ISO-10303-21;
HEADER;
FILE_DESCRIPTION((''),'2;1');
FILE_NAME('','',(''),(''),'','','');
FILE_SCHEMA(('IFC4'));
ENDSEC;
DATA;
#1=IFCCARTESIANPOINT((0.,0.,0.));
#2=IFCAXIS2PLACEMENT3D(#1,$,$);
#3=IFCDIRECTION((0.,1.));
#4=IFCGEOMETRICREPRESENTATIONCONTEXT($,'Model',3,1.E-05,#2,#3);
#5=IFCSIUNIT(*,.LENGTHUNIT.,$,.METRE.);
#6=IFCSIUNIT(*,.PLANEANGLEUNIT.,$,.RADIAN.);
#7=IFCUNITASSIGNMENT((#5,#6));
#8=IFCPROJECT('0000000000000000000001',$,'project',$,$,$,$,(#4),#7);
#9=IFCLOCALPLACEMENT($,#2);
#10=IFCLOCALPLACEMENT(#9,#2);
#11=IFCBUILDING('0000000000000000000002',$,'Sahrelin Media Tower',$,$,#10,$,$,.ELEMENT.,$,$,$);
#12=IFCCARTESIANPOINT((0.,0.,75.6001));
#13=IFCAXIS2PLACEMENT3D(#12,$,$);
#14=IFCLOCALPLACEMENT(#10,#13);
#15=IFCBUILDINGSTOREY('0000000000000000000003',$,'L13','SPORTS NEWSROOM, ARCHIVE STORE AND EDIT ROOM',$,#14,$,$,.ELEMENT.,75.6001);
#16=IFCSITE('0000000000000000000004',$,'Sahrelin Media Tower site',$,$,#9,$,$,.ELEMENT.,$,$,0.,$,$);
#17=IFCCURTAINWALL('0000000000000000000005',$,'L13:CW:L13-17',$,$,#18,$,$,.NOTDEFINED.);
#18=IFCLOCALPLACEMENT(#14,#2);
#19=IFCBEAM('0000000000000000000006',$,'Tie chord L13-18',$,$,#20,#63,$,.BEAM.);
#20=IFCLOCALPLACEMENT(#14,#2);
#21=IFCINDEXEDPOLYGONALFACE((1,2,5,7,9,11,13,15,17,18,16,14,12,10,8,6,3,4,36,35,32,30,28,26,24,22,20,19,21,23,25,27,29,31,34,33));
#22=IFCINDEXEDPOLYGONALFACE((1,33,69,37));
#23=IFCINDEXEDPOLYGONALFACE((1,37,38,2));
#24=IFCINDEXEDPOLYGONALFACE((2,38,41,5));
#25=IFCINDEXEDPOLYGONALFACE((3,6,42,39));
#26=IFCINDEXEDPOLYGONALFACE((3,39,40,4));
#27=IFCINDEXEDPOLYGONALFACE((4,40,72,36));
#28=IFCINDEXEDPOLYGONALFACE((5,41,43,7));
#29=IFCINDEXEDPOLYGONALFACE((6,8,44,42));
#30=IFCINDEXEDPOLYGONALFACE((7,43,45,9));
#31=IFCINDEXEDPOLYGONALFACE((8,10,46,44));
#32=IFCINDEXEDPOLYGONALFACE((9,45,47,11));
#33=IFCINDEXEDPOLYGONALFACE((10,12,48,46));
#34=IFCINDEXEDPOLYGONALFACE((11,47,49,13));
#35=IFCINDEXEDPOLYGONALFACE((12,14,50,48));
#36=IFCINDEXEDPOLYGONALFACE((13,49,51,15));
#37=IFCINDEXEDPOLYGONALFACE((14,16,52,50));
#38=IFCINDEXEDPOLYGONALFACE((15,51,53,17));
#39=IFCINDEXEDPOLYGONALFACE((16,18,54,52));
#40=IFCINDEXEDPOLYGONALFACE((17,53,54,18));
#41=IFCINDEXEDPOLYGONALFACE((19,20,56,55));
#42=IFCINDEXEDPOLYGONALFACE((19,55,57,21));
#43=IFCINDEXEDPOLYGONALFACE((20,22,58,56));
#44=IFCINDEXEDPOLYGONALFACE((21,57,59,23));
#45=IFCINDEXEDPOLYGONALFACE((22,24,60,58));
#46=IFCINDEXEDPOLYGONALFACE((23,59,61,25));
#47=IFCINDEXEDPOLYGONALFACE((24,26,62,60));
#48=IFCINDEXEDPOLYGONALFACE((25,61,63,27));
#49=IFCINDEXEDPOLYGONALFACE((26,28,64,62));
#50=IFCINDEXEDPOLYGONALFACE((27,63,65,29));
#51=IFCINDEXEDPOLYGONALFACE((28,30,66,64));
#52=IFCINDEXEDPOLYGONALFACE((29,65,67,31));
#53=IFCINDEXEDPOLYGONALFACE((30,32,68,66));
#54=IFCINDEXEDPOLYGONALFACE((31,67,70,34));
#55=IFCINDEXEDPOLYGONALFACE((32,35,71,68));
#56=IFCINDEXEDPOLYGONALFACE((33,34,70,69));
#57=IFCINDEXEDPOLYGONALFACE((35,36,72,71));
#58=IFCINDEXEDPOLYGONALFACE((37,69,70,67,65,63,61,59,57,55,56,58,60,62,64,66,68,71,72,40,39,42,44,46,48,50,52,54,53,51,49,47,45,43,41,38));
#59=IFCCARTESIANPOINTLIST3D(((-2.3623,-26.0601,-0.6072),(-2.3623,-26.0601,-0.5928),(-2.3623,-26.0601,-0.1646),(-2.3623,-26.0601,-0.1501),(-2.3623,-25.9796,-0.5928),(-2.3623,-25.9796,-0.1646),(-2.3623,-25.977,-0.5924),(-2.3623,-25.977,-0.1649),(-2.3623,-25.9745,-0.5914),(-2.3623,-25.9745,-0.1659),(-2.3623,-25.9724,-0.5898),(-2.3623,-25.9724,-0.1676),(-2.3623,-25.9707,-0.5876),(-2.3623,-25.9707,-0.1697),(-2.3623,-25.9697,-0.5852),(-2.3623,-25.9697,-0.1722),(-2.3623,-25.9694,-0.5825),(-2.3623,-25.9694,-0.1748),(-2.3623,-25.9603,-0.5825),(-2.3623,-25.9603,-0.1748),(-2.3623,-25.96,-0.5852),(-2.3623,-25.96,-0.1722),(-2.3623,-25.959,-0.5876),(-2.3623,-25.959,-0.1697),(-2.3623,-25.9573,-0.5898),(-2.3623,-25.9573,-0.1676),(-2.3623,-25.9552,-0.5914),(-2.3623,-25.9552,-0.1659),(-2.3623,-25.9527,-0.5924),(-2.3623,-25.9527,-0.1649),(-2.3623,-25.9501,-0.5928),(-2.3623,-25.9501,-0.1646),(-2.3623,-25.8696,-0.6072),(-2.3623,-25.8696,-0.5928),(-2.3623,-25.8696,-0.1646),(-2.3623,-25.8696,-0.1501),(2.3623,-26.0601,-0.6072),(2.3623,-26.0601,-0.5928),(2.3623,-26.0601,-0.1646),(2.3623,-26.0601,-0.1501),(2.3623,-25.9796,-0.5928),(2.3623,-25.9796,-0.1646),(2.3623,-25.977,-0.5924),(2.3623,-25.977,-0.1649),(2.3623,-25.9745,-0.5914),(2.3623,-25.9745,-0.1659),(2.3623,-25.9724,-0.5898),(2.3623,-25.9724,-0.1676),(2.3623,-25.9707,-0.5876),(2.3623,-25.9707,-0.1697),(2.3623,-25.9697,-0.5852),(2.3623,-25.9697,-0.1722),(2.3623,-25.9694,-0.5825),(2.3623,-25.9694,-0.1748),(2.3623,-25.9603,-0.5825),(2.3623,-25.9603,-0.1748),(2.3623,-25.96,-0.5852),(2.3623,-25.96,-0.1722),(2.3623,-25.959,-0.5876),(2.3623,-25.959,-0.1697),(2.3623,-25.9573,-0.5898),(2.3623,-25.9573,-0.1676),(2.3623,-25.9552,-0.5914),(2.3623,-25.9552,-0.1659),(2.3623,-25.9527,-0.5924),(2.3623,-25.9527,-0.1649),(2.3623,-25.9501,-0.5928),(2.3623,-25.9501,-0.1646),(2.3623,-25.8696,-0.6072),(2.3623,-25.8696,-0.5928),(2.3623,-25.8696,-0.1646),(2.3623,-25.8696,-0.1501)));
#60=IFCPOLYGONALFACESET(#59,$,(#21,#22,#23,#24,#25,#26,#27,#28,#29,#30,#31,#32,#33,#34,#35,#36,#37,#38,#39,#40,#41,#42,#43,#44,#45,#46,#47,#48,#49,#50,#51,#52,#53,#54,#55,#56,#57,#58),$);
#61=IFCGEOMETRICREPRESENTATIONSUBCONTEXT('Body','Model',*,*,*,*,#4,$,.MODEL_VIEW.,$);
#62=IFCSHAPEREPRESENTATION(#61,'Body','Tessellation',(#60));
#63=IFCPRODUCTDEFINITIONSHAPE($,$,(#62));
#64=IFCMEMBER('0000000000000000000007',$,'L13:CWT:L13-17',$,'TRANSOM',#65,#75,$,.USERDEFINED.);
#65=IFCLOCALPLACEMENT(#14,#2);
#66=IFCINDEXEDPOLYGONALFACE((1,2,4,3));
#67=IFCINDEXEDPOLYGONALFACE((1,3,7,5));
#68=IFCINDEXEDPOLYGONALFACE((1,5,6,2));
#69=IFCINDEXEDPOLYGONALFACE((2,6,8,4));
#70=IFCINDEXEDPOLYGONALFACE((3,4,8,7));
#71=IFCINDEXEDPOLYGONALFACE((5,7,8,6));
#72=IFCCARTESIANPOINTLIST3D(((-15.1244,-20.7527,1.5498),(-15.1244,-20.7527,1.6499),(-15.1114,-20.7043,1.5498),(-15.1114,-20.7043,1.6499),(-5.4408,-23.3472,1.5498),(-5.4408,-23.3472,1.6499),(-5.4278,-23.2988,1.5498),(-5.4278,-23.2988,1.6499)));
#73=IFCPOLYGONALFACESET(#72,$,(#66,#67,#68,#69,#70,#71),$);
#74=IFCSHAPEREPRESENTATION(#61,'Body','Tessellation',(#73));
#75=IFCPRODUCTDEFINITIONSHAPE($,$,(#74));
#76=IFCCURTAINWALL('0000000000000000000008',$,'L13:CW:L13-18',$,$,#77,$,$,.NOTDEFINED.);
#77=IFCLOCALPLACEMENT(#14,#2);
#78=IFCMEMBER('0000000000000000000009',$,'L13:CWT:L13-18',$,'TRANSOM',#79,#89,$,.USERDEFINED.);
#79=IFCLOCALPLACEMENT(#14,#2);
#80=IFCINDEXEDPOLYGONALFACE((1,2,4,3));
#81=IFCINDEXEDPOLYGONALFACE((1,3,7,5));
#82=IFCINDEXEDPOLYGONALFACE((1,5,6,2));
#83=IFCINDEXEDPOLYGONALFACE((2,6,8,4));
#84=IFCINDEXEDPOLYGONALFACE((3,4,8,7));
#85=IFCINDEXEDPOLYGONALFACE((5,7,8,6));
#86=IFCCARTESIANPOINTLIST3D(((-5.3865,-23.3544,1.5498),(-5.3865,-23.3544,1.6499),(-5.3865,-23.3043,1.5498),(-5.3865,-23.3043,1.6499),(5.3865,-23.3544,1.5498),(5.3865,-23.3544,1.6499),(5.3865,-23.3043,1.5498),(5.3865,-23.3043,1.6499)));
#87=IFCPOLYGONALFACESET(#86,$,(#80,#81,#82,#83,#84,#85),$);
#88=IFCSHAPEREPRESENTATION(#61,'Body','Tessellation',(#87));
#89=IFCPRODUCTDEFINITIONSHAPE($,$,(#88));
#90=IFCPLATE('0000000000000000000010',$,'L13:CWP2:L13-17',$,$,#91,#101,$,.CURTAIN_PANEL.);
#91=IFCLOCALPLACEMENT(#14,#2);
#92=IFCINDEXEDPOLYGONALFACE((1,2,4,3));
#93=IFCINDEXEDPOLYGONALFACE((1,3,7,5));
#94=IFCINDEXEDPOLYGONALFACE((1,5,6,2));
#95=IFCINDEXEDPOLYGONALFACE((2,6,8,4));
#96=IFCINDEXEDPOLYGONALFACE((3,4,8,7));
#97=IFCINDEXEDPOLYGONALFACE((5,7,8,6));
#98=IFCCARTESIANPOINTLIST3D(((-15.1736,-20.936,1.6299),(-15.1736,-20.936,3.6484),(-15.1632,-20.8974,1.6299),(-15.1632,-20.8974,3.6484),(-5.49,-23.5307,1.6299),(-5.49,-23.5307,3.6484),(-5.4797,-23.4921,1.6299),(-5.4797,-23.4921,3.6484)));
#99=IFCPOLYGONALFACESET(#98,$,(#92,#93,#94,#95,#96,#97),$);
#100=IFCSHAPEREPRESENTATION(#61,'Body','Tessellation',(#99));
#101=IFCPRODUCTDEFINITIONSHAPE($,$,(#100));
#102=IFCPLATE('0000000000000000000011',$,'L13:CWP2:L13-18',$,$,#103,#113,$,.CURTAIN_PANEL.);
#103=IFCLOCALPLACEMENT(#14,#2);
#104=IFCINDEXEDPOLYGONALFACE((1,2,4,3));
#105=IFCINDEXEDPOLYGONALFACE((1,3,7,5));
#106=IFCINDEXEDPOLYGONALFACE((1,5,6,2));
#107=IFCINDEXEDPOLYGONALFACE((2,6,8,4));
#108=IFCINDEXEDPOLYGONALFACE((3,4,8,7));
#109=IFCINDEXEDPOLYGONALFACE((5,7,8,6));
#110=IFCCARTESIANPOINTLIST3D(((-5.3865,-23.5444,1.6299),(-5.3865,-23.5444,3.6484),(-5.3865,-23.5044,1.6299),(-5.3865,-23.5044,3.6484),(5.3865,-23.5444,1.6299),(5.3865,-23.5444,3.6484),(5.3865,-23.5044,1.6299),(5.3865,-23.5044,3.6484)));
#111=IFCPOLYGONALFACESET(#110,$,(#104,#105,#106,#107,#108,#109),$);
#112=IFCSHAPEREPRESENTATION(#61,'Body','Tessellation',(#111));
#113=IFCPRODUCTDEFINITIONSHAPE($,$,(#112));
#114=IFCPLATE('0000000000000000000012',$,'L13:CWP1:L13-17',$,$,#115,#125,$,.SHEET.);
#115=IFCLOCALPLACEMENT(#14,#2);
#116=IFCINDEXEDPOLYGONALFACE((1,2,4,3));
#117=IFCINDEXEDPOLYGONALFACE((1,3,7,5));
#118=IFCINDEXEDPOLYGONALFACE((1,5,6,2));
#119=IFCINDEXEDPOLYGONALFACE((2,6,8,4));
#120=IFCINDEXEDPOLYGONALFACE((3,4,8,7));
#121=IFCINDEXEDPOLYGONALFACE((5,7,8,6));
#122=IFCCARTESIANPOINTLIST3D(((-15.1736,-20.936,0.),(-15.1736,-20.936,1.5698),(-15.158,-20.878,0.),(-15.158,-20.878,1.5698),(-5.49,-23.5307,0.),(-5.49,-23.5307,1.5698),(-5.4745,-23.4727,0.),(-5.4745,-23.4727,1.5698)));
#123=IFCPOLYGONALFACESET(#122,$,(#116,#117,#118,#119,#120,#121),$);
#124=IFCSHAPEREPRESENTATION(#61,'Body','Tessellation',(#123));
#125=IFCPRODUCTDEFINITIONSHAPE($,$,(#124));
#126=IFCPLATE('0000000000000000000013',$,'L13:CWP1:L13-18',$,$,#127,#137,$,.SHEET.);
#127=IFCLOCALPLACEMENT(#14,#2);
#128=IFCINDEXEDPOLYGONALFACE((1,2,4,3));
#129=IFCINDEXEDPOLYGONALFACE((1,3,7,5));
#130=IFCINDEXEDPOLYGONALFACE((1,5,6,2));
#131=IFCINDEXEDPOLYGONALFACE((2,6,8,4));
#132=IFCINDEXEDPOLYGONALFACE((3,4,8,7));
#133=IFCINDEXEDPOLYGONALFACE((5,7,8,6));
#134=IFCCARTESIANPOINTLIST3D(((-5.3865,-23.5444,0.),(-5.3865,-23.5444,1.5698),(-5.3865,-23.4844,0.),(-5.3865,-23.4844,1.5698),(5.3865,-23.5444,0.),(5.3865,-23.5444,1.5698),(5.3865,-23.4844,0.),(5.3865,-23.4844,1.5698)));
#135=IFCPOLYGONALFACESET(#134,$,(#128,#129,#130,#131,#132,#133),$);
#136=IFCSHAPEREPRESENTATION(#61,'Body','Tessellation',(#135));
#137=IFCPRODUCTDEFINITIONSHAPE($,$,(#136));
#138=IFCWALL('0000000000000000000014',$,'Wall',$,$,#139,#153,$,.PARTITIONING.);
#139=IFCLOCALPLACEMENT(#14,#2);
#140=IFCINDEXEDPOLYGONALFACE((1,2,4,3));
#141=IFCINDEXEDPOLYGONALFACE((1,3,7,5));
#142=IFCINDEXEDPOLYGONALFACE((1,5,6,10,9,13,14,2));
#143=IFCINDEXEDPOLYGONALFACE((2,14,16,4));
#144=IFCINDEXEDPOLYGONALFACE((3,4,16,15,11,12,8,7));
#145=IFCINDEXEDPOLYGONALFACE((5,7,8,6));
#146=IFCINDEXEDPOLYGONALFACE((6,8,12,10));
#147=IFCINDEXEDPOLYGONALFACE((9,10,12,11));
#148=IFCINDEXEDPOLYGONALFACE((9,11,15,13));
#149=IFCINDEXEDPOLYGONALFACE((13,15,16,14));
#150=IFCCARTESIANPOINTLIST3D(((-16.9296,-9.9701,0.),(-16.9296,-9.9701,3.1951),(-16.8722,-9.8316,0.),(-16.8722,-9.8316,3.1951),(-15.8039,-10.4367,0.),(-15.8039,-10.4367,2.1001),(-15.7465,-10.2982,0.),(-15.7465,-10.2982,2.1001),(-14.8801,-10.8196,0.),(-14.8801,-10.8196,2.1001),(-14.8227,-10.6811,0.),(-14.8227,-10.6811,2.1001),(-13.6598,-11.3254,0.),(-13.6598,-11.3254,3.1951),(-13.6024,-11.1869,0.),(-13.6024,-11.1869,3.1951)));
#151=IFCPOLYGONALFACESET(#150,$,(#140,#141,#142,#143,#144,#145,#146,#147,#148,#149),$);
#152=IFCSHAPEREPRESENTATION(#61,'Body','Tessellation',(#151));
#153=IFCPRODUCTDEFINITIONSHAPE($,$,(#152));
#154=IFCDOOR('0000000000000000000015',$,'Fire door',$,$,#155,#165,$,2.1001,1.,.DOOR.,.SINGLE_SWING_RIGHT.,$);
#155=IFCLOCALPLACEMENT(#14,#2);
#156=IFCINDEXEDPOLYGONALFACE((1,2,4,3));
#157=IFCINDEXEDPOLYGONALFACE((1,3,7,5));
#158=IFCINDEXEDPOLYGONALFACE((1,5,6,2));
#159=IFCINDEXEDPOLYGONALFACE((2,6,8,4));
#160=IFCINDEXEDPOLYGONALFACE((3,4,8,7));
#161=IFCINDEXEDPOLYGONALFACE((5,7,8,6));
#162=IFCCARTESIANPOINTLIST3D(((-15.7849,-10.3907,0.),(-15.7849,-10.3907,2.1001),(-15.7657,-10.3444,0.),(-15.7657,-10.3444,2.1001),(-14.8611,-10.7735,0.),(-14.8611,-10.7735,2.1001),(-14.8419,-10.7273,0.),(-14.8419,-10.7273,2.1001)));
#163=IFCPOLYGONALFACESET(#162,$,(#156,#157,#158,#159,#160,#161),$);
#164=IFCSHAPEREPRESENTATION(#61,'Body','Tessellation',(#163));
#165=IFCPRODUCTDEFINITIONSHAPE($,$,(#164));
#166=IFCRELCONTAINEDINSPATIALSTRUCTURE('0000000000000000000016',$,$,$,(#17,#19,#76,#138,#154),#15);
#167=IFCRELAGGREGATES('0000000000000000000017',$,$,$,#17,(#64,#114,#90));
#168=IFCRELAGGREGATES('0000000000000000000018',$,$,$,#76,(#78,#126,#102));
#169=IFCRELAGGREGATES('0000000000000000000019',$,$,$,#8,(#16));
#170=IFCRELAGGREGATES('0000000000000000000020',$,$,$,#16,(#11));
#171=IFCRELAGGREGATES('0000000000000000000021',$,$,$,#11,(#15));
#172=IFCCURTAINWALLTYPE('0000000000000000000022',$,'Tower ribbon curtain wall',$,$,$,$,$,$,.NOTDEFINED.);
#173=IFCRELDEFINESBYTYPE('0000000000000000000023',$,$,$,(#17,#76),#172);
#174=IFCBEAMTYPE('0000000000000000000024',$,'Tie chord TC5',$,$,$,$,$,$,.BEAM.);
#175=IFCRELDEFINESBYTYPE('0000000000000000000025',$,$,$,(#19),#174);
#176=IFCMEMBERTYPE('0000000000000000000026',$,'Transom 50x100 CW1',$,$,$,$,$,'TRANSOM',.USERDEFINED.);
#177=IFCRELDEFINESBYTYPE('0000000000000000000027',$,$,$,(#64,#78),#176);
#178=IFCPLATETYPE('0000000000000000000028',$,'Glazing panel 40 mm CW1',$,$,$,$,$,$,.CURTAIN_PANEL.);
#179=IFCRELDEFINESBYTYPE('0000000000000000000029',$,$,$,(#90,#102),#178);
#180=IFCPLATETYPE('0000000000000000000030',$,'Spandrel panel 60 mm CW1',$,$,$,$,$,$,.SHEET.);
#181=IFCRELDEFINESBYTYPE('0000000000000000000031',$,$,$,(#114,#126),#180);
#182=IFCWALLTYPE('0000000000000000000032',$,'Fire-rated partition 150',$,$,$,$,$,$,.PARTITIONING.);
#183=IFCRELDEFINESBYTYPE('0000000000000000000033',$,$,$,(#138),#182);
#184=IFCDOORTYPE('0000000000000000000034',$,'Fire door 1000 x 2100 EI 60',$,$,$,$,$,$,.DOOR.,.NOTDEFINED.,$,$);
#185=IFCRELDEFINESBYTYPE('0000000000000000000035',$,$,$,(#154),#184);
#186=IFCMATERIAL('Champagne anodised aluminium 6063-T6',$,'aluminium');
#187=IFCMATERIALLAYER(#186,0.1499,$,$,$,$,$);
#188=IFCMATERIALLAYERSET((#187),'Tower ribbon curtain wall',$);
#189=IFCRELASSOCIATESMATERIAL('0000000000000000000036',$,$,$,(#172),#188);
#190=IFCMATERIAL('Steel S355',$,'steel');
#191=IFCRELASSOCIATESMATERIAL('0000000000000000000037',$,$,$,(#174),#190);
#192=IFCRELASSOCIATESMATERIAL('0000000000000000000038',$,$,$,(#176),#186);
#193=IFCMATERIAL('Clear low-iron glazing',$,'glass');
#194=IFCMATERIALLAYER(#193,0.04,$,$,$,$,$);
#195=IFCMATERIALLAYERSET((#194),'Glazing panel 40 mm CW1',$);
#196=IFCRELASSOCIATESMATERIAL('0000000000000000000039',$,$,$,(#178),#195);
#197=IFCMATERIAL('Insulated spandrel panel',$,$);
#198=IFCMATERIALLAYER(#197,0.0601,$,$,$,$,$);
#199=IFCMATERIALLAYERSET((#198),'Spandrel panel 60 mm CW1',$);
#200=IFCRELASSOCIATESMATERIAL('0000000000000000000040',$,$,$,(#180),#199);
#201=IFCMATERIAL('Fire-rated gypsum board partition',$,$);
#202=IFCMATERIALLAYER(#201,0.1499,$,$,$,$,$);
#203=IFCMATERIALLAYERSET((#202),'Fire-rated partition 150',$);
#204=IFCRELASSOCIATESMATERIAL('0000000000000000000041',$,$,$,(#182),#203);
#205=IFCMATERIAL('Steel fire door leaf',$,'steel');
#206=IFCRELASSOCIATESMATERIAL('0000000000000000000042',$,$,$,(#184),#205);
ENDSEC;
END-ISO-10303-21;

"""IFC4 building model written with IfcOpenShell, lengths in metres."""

from ifc_helpers import new_model, si_unit, direction, frame, frame_2d, origin, origin_2d, place, context, subcontext, project, spatial, polyline, rectangle, i_section, outline, extrude, material, layer, layer_set, material_profile, profile_set, type_object, element, fill, aggregate, save


model = new_model("IFC4")

# Units and contexts
model_context = context("Model", 3, precision=1e-05, world=origin(), true_north=direction((0.0, 1.0)))
body_context = subcontext(model_context, "Body", "Model", "MODEL_VIEW")
ifc_project = project(units=[si_unit("LENGTHUNIT", "METRE"), si_unit("PLANEANGLEUNIT", "RADIAN")], contexts=[model_context])

# Site, building, storey
site_placement = place(None, origin())
site = spatial("IfcSite", under=ifc_project, at=site_placement, Name="Sahrelin Media Tower site", CompositionType="ELEMENT", RefElevation=0.0)
building_placement = place(site_placement, origin())
building = spatial("IfcBuilding", under=site, at=building_placement, Name="Sahrelin Media Tower", CompositionType="ELEMENT")
storey_placement = place(building_placement, frame((0.0, 0.0, 75.6001)))
storey = spatial("IfcBuildingStorey", under=building, at=storey_placement, Name="L13", Description="SPORTS NEWSROOM, ARCHIVE STORE AND EDIT ROOM", CompositionType="ELEMENT", Elevation=75.6001)

# Shared definitions
ifc_material_1 = material(Name="Steel S355", Category="steel")

# Curtain wall
ifc_material_2 = material(Name="Champagne anodised aluminium 6063-T6", Category="aluminium")
ifc_layer_1 = layer(ifc_material_2, 0.1499)
ifc_layer_set_1 = layer_set([ifc_layer_1], Name="Tower ribbon curtain wall")
curtain_wall_type = type_object("IfcCurtainWallType", Name="Tower ribbon curtain wall", PredefinedType="NOTDEFINED", material=ifc_layer_set_1)
curtain_wall_1_placement = place(storey_placement, frame((-10.3264, -22.2141, 0.0), z_axis=(0.0, 0.0, 1.0), x_axis=(1.0, 0.0, 0.0)))
curtain_wall_1 = element("IfcCurtainWall", 1, at=curtain_wall_1_placement, inside=storey, type_object=curtain_wall_type, Name="L13:CW:L13-17", PredefinedType="NOTDEFINED")

# Beam
ifc_material_profile_1 = material_profile(ifc_material_1, i_section(OverallWidth=0.1904, OverallDepth=0.457, WebThickness=0.009, FlangeThickness=0.0144, FilletRadius=0.0103, at=origin_2d()), Name="UB 457x191x74")
ifc_profile_set_1 = profile_set([ifc_material_profile_1], Name="Steel S355")
beam_type_1 = type_object("IfcBeamType", Name="Tie chord TC5", PredefinedType="BEAM", material=ifc_profile_set_1)
beam_1_placement = place(storey_placement, frame((-2.3623, -25.9648, -0.3787), z_axis=(1.0, 0.0, 0.0), x_axis=(0.0, 1.0, 0.0)))
element("IfcBeam", 2, at=beam_1_placement, inside=storey, type_object=beam_type_1, Name="Tie chord L13-18", PredefinedType="BEAM", context=body_context, shape_type="SweptSolid", body=[
    extrude(i_section(OverallWidth=0.1904, OverallDepth=0.457, WebThickness=0.009, FlangeThickness=0.0144, FilletRadius=0.0103, at=origin_2d()), origin(), (0.0, 0.0, 1.0), 4.7246),
])

# Member
ifc_material_profile_2 = material_profile(ifc_material_2, rectangle(XDim=0.05, YDim=0.1001, at=origin_2d()), Name="Transom 50x100")
ifc_profile_set_2 = profile_set([ifc_material_profile_2], Name="Champagne anodised aluminium 6063-T6")
member_type_1 = type_object("IfcMemberType", Name="Transom 50x100 CW1", ElementType="TRANSOM", PredefinedType="USERDEFINED", material=ifc_profile_set_2)
member_1_placement = place(storey_placement, frame((-15.1179, -20.7285, 1.5999), z_axis=(0.965932, -0.258798, 0.0), x_axis=(0.258798, 0.965932, 0.0)))
member_1 = element("IfcMember", 3, at=member_1_placement, type_object=member_type_1, Name="L13:CWT:L13-17", ObjectType="TRANSOM", PredefinedType="USERDEFINED", context=body_context, shape_type="SweptSolid", body=[
    extrude(rectangle(XDim=0.05, YDim=0.1001, at=origin_2d()), origin(), (0.0, 0.0, 1.0), 10.0251),
])

# Curtain wall, member
curtain_wall_2_placement = place(storey_placement, frame((0.0, -23.5244, 0.0), z_axis=(0.0, 0.0, 1.0), x_axis=(1.0, 0.0, 0.0)))
curtain_wall_2 = element("IfcCurtainWall", 4, at=curtain_wall_2_placement, inside=storey, type_object=curtain_wall_type, Name="L13:CW:L13-18", PredefinedType="NOTDEFINED")
member_2_placement = place(storey_placement, frame((-5.3865, -23.3293, 1.5999), z_axis=(1.0, 0.0, 0.0), x_axis=(0.0, 1.0, 0.0)))
member_2 = element("IfcMember", 5, at=member_2_placement, type_object=member_type_1, Name="L13:CWT:L13-18", ObjectType="TRANSOM", PredefinedType="USERDEFINED", context=body_context, shape_type="SweptSolid", body=[
    extrude(rectangle(XDim=0.05, YDim=0.1001, at=origin_2d()), origin(), (0.0, 0.0, 1.0), 10.7729),
])

# Plates
ifc_material_3 = material(Name="Clear low-iron glazing", Category="glass")
ifc_layer_2 = layer(ifc_material_3, 0.04)
ifc_layer_set_2 = layer_set([ifc_layer_2], Name="Glazing panel 40 mm CW1")
plate_type_1 = type_object("IfcPlateType", Name="Glazing panel 40 mm CW1", PredefinedType="CURTAIN_PANEL", material=ifc_layer_set_2)
plate_1_placement = place(storey_placement, frame((-15.1736, -20.936, 1.6299), z_axis=(-0.25882, -0.965925, 0.0), x_axis=(0.965925, -0.25882, 0.0)))
plate_1 = element("IfcPlate", 6, at=plate_1_placement, type_object=plate_type_1, Name="L13:CWP2:L13-17", PredefinedType="CURTAIN_PANEL", context=body_context, shape_type="SweptSolid", body=[
    extrude(outline(polyline([(0.0, 0.0), (10.0251, 0.0), (10.0251, 2.0186), (0.0, 2.0186), (0.0, 0.0)])), origin(), (0.0, 0.0, -1.0), 0.04),
])
plate_2_placement = place(storey_placement, frame((-5.3865, -23.5444, 1.6299), z_axis=(0.0, -1.0, 0.0), x_axis=(1.0, 0.0, 0.0)))
plate_2 = element("IfcPlate", 7, at=plate_2_placement, type_object=plate_type_1, Name="L13:CWP2:L13-18", PredefinedType="CURTAIN_PANEL", context=body_context, shape_type="SweptSolid", body=[
    extrude(outline(polyline([(0.0, 0.0), (10.7729, 0.0), (10.7729, 2.0186), (0.0, 2.0186), (0.0, 0.0)])), origin(), (0.0, 0.0, -1.0), 0.04),
])
ifc_material_4 = material(Name="Insulated spandrel panel")
ifc_layer_3 = layer(ifc_material_4, 0.0601)
ifc_layer_set_3 = layer_set([ifc_layer_3], Name="Spandrel panel 60 mm CW1")
plate_type_2 = type_object("IfcPlateType", Name="Spandrel panel 60 mm CW1", PredefinedType="SHEET", material=ifc_layer_set_3)
plate_3_placement = place(storey_placement, frame((-15.1736, -20.936, 0.0), z_axis=(-0.25882, -0.965925, 0.0), x_axis=(0.965925, -0.25882, 0.0)))
plate_3 = element("IfcPlate", 8, at=plate_3_placement, type_object=plate_type_2, Name="L13:CWP1:L13-17", PredefinedType="SHEET", context=body_context, shape_type="SweptSolid", body=[
    extrude(outline(polyline([(0.0, 0.0), (10.0251, 0.0), (10.0251, 1.5698), (0.0, 1.5698), (0.0, 0.0)])), origin(), (0.0, 0.0, -1.0), 0.0601),
])
aggregate(curtain_wall_1, [member_1, plate_3, plate_1])
plate_4_placement = place(storey_placement, frame((-5.3865, -23.5444, 0.0), z_axis=(0.0, -1.0, 0.0), x_axis=(1.0, 0.0, 0.0)))
plate_4 = element("IfcPlate", 9, at=plate_4_placement, type_object=plate_type_2, Name="L13:CWP1:L13-18", PredefinedType="SHEET", context=body_context, shape_type="SweptSolid", body=[
    extrude(outline(polyline([(0.0, 0.0), (10.7729, 0.0), (10.7729, 1.5698), (0.0, 1.5698), (0.0, 0.0)])), origin(), (0.0, 0.0, -1.0), 0.0601),
])
aggregate(curtain_wall_2, [member_2, plate_4, plate_2])

# Wall, opening, door
ifc_material_5 = material(Name="Fire-rated gypsum board partition")
ifc_layer_4 = layer(ifc_material_5, 0.1499)
ifc_layer_set_4 = layer_set([ifc_layer_4], Name="Fire-rated partition 150")
wall_type_1 = type_object("IfcWallType", Name="Fire-rated partition 150", PredefinedType="PARTITIONING", material=ifc_layer_set_4)
wall_1_placement = place(storey_placement, frame((-16.9009, -9.9009, 0.0), z_axis=(0.0, 0.0, 1.0), x_axis=(0.923796, -0.382886, 0.0)))
wall_1 = element("IfcWall", 10, at=wall_1_placement, inside=storey, type_object=wall_type_1, Name="Wall", PredefinedType="PARTITIONING", context=body_context, shape_type="SweptSolid", body=[
    extrude(rectangle(XDim=3.5396, YDim=0.1499, at=frame_2d((1.7698, 0.0))), origin(), (0.0, 0.0, 1.0), 3.1951),
])
opening_1_placement = place(wall_1_placement, frame((1.2185, 0.0, 0.0)))
opening_1 = element("IfcOpeningElement", 11, at=opening_1_placement, cuts=wall_1, PredefinedType="OPENING", context=body_context, shape_type="SweptSolid", body=[
    extrude(rectangle(XDim=1.0, YDim=2.1001, at=frame_2d((0.5, 1.05))), frame((0.0, 0.075, 0.0), z_axis=(0.0, -1.0, 0.0), x_axis=(1.0, 0.0, 0.0)), (0.0, 0.0, 1.0), 0.1499),
])
ifc_material_6 = material(Name="Steel fire door leaf", Category="steel")
door_type_1 = type_object("IfcDoorType", Name="Fire door 1000 x 2100 EI 60", OperationType="NOTDEFINED", PredefinedType="DOOR", material=ifc_material_6)
door_1_placement = place(opening_1_placement, origin())
door_1 = element("IfcDoor", 12, at=door_1_placement, inside=storey, type_object=door_type_1, Name="Fire door", OperationType="SINGLE_SWING_RIGHT", OverallHeight=2.1001, OverallWidth=1.0, PredefinedType="DOOR", context=body_context, shape_type="SweptSolid", body=[
    extrude(rectangle(XDim=1.0, YDim=2.1001, at=frame_2d((0.5, 1.05))), frame((0.0, 0.0249, 0.0), z_axis=(0.0, -1.0, 0.0), x_axis=(1.0, 0.0, 0.0)), (0.0, 0.0, 1.0), 0.05),
])
fill(opening_1, door_1)

save(model, "model.ifc")
